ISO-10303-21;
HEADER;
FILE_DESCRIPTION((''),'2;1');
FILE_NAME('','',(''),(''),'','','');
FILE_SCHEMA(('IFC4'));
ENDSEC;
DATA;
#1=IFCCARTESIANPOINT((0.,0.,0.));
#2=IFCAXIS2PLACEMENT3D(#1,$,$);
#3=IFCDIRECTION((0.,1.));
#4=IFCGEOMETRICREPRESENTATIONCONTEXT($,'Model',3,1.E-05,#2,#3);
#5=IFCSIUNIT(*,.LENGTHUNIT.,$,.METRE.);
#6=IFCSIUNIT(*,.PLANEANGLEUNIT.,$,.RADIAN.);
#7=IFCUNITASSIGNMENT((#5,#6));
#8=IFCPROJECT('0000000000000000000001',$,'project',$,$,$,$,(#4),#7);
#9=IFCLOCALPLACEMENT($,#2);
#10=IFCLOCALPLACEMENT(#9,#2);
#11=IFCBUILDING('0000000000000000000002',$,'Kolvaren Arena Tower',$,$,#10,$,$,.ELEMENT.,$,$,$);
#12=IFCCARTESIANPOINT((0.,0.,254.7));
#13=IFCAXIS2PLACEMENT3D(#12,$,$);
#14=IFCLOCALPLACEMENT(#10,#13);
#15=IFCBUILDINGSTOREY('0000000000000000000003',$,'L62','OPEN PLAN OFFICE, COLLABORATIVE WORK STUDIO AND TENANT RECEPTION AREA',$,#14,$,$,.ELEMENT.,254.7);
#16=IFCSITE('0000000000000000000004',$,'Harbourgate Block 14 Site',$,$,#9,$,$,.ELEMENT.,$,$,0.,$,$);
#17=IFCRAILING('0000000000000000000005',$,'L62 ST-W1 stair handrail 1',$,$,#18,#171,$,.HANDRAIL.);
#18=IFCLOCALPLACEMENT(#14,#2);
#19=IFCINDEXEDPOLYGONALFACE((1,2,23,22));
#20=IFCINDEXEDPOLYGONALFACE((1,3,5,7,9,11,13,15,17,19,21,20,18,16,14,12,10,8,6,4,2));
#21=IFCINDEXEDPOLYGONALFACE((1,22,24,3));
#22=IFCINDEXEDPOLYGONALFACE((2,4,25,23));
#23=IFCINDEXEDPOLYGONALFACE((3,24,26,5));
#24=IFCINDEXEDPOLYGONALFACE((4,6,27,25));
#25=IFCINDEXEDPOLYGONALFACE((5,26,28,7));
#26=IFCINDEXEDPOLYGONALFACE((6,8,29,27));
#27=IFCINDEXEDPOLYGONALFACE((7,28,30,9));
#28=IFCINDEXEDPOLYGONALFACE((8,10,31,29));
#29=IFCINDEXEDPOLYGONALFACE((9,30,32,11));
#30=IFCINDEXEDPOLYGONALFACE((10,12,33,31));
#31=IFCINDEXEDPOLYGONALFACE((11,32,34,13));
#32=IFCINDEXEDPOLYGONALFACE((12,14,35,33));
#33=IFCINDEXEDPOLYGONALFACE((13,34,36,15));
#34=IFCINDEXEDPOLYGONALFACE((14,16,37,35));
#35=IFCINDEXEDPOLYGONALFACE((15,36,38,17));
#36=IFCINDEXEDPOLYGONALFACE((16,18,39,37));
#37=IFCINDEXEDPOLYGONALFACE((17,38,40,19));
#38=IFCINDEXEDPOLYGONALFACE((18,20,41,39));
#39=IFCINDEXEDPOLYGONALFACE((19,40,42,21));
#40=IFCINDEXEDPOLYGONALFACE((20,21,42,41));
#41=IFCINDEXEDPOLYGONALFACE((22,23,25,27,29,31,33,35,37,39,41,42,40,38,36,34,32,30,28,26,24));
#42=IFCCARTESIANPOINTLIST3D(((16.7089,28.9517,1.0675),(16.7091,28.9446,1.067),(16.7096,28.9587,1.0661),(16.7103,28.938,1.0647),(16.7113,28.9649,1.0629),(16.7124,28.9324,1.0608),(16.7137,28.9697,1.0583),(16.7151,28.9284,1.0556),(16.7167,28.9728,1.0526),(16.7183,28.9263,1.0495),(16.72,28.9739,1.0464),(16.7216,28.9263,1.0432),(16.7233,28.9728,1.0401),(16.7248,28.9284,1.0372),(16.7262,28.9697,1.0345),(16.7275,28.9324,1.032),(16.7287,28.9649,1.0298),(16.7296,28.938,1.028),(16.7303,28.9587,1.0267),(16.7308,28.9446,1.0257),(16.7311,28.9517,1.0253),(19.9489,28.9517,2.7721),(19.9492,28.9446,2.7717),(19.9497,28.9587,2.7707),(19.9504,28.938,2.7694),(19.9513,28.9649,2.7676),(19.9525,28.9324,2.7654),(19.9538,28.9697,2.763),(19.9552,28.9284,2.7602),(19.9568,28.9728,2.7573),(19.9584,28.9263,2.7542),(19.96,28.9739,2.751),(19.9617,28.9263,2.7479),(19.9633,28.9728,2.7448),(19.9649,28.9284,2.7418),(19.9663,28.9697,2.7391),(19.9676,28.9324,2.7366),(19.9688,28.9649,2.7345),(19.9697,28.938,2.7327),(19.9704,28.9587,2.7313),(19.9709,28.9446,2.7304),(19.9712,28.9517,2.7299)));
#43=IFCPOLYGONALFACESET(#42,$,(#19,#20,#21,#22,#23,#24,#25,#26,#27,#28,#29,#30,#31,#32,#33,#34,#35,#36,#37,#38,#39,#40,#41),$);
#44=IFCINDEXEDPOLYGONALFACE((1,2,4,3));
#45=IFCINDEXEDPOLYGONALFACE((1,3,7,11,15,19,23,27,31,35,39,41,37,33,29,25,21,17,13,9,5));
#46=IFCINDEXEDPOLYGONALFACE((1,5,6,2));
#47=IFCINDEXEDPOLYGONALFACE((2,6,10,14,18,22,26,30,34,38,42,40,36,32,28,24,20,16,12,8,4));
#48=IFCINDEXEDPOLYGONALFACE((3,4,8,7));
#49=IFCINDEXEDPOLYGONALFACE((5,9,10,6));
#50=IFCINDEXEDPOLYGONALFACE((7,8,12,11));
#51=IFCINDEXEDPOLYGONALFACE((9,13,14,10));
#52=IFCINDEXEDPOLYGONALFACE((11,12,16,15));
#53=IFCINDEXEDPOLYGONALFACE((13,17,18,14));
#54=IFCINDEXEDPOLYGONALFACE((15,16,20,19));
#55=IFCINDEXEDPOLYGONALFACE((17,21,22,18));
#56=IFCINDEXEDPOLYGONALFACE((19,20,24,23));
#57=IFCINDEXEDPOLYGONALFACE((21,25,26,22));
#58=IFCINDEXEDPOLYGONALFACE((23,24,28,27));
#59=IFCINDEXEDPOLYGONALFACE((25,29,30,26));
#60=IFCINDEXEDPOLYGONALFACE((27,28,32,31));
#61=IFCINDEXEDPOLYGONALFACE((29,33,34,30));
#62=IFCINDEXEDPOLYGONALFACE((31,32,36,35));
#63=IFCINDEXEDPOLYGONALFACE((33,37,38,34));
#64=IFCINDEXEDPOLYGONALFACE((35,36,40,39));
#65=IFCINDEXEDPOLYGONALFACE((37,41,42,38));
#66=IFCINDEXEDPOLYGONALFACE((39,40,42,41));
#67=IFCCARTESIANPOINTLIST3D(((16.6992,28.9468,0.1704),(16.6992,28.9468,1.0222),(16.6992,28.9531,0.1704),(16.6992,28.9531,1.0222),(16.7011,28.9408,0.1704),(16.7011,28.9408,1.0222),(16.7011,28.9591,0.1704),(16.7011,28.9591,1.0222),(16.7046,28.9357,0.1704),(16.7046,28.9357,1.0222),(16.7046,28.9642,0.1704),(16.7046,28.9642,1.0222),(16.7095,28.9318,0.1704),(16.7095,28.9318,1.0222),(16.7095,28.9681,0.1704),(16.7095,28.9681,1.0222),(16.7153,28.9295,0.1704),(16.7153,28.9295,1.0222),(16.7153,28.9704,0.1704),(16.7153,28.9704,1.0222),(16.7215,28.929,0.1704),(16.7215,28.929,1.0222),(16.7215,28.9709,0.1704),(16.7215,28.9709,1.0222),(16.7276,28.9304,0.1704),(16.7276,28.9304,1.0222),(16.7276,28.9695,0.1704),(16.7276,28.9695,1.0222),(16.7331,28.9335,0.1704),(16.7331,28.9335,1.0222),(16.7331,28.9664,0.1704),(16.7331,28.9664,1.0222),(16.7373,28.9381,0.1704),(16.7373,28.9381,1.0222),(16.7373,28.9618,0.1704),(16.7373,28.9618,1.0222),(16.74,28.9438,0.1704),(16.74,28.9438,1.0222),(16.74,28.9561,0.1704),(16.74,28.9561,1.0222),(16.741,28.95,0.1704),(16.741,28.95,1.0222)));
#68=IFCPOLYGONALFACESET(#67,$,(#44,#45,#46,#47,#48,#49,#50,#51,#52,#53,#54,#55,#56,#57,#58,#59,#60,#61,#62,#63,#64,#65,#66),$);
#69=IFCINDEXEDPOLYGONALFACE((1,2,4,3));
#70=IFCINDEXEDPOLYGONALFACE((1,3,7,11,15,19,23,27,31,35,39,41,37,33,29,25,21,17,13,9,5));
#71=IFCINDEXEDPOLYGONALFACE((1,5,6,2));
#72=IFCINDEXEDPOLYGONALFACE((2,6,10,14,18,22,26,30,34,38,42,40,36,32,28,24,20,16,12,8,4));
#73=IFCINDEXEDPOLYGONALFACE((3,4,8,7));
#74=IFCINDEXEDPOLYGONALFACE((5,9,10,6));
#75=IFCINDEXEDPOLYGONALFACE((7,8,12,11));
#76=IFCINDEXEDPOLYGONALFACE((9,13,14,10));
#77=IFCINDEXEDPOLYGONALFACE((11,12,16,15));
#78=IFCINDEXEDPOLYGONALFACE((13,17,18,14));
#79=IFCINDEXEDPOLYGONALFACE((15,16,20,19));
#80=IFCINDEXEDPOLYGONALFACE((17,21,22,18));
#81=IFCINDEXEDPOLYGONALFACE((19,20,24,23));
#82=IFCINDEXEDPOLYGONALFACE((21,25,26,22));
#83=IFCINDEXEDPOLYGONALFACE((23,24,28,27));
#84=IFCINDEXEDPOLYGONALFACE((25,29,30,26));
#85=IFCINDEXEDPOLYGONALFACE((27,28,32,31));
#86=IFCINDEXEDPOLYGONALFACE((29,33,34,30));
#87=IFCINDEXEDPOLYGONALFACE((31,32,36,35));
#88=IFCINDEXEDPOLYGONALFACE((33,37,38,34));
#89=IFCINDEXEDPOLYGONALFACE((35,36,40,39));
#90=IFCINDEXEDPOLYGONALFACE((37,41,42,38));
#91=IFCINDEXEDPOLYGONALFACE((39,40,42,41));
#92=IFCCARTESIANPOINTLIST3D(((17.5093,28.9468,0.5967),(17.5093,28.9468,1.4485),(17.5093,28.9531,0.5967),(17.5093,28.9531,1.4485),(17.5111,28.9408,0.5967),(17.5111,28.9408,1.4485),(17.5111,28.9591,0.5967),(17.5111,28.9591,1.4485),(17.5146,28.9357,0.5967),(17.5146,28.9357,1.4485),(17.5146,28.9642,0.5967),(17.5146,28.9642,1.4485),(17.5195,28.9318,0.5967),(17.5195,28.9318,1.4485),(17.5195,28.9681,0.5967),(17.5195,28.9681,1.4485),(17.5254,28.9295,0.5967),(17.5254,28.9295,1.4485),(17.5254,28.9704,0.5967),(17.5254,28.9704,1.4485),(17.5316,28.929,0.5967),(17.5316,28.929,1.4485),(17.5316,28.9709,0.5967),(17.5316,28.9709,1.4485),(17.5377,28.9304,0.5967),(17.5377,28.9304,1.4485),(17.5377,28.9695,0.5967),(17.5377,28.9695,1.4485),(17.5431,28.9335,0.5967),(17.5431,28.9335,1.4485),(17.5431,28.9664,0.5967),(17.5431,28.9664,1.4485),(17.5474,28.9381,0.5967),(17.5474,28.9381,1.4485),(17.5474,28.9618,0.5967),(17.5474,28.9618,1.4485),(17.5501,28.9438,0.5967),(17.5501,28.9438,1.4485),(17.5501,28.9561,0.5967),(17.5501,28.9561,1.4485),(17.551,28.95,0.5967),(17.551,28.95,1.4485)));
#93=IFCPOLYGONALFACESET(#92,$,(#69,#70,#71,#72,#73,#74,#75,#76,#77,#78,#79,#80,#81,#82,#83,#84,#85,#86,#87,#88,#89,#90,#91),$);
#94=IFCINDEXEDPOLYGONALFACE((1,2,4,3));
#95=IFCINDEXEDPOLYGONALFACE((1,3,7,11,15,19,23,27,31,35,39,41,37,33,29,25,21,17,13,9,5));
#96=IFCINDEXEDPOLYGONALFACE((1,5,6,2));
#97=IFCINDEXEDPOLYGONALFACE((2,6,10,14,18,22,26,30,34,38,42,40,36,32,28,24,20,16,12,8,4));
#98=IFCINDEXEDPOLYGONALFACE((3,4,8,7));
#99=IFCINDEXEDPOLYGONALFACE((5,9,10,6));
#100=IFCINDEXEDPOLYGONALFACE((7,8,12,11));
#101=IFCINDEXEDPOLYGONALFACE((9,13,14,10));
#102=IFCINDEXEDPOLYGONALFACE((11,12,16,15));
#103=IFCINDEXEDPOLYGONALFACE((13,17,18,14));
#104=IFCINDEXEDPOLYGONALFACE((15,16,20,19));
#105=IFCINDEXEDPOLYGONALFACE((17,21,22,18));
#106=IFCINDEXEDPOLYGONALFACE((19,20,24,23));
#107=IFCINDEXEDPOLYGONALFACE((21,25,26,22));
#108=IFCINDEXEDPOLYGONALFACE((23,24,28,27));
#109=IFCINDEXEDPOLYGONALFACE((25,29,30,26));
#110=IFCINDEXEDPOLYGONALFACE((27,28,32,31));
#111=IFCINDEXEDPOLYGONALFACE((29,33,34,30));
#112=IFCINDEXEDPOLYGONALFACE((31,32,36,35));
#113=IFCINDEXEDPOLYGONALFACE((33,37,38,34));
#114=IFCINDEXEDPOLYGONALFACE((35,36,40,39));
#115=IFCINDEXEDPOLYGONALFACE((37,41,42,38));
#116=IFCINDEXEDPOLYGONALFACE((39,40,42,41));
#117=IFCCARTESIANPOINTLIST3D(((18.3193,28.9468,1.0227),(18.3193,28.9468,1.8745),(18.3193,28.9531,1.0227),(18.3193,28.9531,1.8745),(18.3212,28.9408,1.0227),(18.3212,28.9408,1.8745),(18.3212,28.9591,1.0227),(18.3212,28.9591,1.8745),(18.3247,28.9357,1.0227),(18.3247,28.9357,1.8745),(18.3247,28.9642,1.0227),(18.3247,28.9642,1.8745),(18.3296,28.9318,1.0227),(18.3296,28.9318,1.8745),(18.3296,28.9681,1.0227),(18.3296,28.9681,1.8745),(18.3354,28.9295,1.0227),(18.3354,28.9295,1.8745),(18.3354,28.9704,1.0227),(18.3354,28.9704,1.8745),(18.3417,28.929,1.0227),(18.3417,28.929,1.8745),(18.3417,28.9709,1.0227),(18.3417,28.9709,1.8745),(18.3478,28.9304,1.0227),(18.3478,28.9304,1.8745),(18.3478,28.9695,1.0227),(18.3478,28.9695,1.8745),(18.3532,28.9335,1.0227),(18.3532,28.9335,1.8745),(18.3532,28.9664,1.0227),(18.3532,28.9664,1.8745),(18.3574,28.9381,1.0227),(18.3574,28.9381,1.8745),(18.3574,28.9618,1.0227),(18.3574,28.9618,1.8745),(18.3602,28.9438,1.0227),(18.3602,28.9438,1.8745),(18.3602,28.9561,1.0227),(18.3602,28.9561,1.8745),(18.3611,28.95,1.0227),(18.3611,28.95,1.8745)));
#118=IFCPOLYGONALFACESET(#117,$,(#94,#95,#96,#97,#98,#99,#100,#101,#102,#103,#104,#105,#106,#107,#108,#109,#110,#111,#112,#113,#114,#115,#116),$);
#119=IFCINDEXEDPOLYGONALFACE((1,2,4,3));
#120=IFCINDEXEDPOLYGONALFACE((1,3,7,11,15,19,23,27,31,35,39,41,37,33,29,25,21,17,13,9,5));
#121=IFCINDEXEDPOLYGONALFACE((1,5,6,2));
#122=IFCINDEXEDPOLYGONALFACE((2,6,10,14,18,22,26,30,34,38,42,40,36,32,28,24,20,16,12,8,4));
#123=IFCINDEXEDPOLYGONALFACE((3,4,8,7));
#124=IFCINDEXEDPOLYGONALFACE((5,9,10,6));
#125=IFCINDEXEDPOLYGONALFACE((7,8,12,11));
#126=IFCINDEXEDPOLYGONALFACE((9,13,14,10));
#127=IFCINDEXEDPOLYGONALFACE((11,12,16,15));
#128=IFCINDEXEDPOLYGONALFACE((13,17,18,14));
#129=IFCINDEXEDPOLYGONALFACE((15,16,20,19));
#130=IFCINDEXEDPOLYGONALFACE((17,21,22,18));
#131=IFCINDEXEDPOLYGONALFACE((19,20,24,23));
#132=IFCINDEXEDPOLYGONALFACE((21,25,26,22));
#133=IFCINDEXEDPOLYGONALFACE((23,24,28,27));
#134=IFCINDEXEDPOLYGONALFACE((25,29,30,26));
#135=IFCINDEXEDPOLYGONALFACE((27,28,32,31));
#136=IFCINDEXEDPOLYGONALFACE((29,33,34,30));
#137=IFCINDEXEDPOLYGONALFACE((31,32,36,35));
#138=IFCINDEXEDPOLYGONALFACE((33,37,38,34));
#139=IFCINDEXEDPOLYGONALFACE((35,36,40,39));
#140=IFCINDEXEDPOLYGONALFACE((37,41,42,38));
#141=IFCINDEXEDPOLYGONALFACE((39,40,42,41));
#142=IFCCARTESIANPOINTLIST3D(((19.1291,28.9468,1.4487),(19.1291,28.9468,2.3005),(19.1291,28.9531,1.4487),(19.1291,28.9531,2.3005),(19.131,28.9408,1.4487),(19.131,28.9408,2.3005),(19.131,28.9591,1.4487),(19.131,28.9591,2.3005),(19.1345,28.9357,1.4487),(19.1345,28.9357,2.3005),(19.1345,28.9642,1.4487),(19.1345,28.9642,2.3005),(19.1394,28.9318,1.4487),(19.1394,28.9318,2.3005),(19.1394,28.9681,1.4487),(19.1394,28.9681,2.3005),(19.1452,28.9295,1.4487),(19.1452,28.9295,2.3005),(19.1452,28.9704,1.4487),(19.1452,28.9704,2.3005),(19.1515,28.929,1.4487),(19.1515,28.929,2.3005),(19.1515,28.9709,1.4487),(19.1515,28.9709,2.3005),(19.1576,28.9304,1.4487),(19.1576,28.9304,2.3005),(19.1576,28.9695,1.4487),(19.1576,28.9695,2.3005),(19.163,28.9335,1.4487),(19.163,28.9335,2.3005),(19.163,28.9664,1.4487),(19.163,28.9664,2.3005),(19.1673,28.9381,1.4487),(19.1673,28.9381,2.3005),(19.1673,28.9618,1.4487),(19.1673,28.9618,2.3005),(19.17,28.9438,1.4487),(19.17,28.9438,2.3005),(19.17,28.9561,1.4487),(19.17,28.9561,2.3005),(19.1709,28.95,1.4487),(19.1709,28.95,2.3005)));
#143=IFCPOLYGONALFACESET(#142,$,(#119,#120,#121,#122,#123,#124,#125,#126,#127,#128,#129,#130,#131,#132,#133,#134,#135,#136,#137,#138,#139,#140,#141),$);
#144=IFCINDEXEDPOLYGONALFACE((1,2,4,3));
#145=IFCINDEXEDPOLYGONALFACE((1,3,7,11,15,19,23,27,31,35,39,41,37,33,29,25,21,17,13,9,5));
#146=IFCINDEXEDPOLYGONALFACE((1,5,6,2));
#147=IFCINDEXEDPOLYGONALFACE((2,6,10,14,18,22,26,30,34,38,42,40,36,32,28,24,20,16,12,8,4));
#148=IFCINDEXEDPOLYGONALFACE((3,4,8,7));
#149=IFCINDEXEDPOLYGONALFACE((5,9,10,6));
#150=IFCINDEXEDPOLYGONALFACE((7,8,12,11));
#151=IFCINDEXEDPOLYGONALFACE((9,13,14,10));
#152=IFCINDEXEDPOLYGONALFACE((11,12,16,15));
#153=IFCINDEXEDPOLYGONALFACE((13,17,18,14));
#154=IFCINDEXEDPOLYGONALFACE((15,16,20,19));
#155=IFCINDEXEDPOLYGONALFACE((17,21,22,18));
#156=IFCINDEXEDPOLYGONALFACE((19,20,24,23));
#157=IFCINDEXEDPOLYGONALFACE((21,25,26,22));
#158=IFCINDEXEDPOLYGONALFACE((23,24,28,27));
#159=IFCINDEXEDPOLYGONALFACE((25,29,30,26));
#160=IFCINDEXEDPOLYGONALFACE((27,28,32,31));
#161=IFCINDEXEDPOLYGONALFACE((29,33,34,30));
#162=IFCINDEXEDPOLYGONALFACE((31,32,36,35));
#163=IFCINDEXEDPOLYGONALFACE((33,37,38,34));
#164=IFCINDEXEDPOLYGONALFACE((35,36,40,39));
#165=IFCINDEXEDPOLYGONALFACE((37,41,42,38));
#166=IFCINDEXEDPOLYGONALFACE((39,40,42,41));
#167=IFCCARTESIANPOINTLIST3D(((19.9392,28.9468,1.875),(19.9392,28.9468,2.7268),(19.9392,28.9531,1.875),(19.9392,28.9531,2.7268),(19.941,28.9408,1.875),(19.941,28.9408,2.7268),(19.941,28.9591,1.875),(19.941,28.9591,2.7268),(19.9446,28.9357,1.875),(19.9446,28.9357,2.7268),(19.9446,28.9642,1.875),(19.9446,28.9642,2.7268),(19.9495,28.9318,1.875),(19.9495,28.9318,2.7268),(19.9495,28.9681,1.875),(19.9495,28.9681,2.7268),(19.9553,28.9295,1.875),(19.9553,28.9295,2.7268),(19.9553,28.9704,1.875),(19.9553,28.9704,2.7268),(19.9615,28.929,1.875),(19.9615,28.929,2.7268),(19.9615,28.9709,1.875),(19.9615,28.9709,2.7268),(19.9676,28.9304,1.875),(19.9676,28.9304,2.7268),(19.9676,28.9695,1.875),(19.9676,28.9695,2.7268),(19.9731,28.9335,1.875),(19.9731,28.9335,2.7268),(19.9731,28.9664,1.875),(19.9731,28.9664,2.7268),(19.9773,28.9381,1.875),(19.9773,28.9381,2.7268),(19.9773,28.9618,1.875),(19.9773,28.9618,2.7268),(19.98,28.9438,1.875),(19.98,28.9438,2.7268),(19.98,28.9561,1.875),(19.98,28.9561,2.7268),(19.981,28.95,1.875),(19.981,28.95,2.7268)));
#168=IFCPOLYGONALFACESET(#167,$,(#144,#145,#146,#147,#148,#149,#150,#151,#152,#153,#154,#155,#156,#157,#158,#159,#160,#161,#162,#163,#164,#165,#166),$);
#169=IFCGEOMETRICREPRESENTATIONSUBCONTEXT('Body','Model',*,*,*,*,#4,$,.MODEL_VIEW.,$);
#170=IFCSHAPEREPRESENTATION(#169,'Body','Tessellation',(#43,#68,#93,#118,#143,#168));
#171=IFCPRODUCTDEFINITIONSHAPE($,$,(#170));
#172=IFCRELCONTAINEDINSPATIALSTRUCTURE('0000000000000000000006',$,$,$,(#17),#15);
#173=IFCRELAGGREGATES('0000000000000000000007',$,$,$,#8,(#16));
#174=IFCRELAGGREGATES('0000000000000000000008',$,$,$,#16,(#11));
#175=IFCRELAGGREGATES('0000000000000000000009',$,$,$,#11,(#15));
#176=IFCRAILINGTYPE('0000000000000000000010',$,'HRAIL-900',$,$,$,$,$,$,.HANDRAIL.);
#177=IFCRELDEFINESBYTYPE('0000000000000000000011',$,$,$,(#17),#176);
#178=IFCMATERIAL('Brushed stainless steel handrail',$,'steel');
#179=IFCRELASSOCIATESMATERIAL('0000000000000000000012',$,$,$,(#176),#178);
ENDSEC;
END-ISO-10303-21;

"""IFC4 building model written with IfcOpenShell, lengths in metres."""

from ifc_helpers import new_model, si_unit, direction, frame, origin, origin_2d, place, context, subcontext, project, spatial, circle, extrude, material, type_object, element, save


model = new_model("IFC4")

# Units and contexts
model_context = context("Model", 3, precision=1e-05, world=origin(), true_north=direction((0.0, 1.0)))
body_context = subcontext(model_context, "Body", "Model", "MODEL_VIEW")
ifc_project = project(units=[si_unit("LENGTHUNIT", "METRE"), si_unit("PLANEANGLEUNIT", "RADIAN")], contexts=[model_context])

# Site, building, storey
site_placement = place(None, origin())
site = spatial("IfcSite", under=ifc_project, at=site_placement, Name="Harbourgate Block 14 Site", CompositionType="ELEMENT", RefElevation=0.0)
building_placement = place(site_placement, origin())
building = spatial("IfcBuilding", under=site, at=building_placement, Name="Kolvaren Arena Tower", CompositionType="ELEMENT")
storey_placement = place(building_placement, frame((0.0, 0.0, 254.7)))
storey = spatial("IfcBuildingStorey", under=building, at=storey_placement, Name="L62", Description="OPEN PLAN OFFICE, COLLABORATIVE WORK STUDIO AND TENANT RECEPTION AREA", CompositionType="ELEMENT", Elevation=254.7)

# Railing
ifc_material_1 = material(Name="Brushed stainless steel handrail", Category="steel")
railing_type_1 = type_object("IfcRailingType", Name="HRAIL-900", PredefinedType="HANDRAIL", material=ifc_material_1)
railing_1_placement = place(storey_placement, frame((16.72, 28.95, 0.1704)))
element("IfcRailing", 1, at=railing_1_placement, inside=storey, type_object=railing_type_1, Name="L62 ST-W1 stair handrail 1", PredefinedType="HANDRAIL", context=body_context, shape_type="SweptSolid", body=[
    extrude(circle(Radius=0.0239, at=origin_2d()), frame((0.0, 0.0, 0.876), z_axis=(0.884993, 0.0, 0.465604), x_axis=(0.0, 1.0, 0.0)), (0.0, 0.0, 1.0), 3.6611),
    extrude(circle(Radius=0.021, at=origin_2d()), origin(), (0.0, 0.0, 1.0), 0.8518),
    extrude(circle(Radius=0.021, at=origin_2d()), frame((0.8101, 0.0, 0.4263)), (0.0, 0.0, 1.0), 0.8518),
    extrude(circle(Radius=0.021, at=origin_2d()), frame((1.6201, 0.0, 0.8523)), (0.0, 0.0, 1.0), 0.8518),
    extrude(circle(Radius=0.021, at=origin_2d()), frame((2.4299, 0.0, 1.2783)), (0.0, 0.0, 1.0), 0.8518),
    extrude(circle(Radius=0.021, at=origin_2d()), frame((3.24, 0.0, 1.7046)), (0.0, 0.0, 1.0), 0.8518),
])

save(model, "model.ifc")
